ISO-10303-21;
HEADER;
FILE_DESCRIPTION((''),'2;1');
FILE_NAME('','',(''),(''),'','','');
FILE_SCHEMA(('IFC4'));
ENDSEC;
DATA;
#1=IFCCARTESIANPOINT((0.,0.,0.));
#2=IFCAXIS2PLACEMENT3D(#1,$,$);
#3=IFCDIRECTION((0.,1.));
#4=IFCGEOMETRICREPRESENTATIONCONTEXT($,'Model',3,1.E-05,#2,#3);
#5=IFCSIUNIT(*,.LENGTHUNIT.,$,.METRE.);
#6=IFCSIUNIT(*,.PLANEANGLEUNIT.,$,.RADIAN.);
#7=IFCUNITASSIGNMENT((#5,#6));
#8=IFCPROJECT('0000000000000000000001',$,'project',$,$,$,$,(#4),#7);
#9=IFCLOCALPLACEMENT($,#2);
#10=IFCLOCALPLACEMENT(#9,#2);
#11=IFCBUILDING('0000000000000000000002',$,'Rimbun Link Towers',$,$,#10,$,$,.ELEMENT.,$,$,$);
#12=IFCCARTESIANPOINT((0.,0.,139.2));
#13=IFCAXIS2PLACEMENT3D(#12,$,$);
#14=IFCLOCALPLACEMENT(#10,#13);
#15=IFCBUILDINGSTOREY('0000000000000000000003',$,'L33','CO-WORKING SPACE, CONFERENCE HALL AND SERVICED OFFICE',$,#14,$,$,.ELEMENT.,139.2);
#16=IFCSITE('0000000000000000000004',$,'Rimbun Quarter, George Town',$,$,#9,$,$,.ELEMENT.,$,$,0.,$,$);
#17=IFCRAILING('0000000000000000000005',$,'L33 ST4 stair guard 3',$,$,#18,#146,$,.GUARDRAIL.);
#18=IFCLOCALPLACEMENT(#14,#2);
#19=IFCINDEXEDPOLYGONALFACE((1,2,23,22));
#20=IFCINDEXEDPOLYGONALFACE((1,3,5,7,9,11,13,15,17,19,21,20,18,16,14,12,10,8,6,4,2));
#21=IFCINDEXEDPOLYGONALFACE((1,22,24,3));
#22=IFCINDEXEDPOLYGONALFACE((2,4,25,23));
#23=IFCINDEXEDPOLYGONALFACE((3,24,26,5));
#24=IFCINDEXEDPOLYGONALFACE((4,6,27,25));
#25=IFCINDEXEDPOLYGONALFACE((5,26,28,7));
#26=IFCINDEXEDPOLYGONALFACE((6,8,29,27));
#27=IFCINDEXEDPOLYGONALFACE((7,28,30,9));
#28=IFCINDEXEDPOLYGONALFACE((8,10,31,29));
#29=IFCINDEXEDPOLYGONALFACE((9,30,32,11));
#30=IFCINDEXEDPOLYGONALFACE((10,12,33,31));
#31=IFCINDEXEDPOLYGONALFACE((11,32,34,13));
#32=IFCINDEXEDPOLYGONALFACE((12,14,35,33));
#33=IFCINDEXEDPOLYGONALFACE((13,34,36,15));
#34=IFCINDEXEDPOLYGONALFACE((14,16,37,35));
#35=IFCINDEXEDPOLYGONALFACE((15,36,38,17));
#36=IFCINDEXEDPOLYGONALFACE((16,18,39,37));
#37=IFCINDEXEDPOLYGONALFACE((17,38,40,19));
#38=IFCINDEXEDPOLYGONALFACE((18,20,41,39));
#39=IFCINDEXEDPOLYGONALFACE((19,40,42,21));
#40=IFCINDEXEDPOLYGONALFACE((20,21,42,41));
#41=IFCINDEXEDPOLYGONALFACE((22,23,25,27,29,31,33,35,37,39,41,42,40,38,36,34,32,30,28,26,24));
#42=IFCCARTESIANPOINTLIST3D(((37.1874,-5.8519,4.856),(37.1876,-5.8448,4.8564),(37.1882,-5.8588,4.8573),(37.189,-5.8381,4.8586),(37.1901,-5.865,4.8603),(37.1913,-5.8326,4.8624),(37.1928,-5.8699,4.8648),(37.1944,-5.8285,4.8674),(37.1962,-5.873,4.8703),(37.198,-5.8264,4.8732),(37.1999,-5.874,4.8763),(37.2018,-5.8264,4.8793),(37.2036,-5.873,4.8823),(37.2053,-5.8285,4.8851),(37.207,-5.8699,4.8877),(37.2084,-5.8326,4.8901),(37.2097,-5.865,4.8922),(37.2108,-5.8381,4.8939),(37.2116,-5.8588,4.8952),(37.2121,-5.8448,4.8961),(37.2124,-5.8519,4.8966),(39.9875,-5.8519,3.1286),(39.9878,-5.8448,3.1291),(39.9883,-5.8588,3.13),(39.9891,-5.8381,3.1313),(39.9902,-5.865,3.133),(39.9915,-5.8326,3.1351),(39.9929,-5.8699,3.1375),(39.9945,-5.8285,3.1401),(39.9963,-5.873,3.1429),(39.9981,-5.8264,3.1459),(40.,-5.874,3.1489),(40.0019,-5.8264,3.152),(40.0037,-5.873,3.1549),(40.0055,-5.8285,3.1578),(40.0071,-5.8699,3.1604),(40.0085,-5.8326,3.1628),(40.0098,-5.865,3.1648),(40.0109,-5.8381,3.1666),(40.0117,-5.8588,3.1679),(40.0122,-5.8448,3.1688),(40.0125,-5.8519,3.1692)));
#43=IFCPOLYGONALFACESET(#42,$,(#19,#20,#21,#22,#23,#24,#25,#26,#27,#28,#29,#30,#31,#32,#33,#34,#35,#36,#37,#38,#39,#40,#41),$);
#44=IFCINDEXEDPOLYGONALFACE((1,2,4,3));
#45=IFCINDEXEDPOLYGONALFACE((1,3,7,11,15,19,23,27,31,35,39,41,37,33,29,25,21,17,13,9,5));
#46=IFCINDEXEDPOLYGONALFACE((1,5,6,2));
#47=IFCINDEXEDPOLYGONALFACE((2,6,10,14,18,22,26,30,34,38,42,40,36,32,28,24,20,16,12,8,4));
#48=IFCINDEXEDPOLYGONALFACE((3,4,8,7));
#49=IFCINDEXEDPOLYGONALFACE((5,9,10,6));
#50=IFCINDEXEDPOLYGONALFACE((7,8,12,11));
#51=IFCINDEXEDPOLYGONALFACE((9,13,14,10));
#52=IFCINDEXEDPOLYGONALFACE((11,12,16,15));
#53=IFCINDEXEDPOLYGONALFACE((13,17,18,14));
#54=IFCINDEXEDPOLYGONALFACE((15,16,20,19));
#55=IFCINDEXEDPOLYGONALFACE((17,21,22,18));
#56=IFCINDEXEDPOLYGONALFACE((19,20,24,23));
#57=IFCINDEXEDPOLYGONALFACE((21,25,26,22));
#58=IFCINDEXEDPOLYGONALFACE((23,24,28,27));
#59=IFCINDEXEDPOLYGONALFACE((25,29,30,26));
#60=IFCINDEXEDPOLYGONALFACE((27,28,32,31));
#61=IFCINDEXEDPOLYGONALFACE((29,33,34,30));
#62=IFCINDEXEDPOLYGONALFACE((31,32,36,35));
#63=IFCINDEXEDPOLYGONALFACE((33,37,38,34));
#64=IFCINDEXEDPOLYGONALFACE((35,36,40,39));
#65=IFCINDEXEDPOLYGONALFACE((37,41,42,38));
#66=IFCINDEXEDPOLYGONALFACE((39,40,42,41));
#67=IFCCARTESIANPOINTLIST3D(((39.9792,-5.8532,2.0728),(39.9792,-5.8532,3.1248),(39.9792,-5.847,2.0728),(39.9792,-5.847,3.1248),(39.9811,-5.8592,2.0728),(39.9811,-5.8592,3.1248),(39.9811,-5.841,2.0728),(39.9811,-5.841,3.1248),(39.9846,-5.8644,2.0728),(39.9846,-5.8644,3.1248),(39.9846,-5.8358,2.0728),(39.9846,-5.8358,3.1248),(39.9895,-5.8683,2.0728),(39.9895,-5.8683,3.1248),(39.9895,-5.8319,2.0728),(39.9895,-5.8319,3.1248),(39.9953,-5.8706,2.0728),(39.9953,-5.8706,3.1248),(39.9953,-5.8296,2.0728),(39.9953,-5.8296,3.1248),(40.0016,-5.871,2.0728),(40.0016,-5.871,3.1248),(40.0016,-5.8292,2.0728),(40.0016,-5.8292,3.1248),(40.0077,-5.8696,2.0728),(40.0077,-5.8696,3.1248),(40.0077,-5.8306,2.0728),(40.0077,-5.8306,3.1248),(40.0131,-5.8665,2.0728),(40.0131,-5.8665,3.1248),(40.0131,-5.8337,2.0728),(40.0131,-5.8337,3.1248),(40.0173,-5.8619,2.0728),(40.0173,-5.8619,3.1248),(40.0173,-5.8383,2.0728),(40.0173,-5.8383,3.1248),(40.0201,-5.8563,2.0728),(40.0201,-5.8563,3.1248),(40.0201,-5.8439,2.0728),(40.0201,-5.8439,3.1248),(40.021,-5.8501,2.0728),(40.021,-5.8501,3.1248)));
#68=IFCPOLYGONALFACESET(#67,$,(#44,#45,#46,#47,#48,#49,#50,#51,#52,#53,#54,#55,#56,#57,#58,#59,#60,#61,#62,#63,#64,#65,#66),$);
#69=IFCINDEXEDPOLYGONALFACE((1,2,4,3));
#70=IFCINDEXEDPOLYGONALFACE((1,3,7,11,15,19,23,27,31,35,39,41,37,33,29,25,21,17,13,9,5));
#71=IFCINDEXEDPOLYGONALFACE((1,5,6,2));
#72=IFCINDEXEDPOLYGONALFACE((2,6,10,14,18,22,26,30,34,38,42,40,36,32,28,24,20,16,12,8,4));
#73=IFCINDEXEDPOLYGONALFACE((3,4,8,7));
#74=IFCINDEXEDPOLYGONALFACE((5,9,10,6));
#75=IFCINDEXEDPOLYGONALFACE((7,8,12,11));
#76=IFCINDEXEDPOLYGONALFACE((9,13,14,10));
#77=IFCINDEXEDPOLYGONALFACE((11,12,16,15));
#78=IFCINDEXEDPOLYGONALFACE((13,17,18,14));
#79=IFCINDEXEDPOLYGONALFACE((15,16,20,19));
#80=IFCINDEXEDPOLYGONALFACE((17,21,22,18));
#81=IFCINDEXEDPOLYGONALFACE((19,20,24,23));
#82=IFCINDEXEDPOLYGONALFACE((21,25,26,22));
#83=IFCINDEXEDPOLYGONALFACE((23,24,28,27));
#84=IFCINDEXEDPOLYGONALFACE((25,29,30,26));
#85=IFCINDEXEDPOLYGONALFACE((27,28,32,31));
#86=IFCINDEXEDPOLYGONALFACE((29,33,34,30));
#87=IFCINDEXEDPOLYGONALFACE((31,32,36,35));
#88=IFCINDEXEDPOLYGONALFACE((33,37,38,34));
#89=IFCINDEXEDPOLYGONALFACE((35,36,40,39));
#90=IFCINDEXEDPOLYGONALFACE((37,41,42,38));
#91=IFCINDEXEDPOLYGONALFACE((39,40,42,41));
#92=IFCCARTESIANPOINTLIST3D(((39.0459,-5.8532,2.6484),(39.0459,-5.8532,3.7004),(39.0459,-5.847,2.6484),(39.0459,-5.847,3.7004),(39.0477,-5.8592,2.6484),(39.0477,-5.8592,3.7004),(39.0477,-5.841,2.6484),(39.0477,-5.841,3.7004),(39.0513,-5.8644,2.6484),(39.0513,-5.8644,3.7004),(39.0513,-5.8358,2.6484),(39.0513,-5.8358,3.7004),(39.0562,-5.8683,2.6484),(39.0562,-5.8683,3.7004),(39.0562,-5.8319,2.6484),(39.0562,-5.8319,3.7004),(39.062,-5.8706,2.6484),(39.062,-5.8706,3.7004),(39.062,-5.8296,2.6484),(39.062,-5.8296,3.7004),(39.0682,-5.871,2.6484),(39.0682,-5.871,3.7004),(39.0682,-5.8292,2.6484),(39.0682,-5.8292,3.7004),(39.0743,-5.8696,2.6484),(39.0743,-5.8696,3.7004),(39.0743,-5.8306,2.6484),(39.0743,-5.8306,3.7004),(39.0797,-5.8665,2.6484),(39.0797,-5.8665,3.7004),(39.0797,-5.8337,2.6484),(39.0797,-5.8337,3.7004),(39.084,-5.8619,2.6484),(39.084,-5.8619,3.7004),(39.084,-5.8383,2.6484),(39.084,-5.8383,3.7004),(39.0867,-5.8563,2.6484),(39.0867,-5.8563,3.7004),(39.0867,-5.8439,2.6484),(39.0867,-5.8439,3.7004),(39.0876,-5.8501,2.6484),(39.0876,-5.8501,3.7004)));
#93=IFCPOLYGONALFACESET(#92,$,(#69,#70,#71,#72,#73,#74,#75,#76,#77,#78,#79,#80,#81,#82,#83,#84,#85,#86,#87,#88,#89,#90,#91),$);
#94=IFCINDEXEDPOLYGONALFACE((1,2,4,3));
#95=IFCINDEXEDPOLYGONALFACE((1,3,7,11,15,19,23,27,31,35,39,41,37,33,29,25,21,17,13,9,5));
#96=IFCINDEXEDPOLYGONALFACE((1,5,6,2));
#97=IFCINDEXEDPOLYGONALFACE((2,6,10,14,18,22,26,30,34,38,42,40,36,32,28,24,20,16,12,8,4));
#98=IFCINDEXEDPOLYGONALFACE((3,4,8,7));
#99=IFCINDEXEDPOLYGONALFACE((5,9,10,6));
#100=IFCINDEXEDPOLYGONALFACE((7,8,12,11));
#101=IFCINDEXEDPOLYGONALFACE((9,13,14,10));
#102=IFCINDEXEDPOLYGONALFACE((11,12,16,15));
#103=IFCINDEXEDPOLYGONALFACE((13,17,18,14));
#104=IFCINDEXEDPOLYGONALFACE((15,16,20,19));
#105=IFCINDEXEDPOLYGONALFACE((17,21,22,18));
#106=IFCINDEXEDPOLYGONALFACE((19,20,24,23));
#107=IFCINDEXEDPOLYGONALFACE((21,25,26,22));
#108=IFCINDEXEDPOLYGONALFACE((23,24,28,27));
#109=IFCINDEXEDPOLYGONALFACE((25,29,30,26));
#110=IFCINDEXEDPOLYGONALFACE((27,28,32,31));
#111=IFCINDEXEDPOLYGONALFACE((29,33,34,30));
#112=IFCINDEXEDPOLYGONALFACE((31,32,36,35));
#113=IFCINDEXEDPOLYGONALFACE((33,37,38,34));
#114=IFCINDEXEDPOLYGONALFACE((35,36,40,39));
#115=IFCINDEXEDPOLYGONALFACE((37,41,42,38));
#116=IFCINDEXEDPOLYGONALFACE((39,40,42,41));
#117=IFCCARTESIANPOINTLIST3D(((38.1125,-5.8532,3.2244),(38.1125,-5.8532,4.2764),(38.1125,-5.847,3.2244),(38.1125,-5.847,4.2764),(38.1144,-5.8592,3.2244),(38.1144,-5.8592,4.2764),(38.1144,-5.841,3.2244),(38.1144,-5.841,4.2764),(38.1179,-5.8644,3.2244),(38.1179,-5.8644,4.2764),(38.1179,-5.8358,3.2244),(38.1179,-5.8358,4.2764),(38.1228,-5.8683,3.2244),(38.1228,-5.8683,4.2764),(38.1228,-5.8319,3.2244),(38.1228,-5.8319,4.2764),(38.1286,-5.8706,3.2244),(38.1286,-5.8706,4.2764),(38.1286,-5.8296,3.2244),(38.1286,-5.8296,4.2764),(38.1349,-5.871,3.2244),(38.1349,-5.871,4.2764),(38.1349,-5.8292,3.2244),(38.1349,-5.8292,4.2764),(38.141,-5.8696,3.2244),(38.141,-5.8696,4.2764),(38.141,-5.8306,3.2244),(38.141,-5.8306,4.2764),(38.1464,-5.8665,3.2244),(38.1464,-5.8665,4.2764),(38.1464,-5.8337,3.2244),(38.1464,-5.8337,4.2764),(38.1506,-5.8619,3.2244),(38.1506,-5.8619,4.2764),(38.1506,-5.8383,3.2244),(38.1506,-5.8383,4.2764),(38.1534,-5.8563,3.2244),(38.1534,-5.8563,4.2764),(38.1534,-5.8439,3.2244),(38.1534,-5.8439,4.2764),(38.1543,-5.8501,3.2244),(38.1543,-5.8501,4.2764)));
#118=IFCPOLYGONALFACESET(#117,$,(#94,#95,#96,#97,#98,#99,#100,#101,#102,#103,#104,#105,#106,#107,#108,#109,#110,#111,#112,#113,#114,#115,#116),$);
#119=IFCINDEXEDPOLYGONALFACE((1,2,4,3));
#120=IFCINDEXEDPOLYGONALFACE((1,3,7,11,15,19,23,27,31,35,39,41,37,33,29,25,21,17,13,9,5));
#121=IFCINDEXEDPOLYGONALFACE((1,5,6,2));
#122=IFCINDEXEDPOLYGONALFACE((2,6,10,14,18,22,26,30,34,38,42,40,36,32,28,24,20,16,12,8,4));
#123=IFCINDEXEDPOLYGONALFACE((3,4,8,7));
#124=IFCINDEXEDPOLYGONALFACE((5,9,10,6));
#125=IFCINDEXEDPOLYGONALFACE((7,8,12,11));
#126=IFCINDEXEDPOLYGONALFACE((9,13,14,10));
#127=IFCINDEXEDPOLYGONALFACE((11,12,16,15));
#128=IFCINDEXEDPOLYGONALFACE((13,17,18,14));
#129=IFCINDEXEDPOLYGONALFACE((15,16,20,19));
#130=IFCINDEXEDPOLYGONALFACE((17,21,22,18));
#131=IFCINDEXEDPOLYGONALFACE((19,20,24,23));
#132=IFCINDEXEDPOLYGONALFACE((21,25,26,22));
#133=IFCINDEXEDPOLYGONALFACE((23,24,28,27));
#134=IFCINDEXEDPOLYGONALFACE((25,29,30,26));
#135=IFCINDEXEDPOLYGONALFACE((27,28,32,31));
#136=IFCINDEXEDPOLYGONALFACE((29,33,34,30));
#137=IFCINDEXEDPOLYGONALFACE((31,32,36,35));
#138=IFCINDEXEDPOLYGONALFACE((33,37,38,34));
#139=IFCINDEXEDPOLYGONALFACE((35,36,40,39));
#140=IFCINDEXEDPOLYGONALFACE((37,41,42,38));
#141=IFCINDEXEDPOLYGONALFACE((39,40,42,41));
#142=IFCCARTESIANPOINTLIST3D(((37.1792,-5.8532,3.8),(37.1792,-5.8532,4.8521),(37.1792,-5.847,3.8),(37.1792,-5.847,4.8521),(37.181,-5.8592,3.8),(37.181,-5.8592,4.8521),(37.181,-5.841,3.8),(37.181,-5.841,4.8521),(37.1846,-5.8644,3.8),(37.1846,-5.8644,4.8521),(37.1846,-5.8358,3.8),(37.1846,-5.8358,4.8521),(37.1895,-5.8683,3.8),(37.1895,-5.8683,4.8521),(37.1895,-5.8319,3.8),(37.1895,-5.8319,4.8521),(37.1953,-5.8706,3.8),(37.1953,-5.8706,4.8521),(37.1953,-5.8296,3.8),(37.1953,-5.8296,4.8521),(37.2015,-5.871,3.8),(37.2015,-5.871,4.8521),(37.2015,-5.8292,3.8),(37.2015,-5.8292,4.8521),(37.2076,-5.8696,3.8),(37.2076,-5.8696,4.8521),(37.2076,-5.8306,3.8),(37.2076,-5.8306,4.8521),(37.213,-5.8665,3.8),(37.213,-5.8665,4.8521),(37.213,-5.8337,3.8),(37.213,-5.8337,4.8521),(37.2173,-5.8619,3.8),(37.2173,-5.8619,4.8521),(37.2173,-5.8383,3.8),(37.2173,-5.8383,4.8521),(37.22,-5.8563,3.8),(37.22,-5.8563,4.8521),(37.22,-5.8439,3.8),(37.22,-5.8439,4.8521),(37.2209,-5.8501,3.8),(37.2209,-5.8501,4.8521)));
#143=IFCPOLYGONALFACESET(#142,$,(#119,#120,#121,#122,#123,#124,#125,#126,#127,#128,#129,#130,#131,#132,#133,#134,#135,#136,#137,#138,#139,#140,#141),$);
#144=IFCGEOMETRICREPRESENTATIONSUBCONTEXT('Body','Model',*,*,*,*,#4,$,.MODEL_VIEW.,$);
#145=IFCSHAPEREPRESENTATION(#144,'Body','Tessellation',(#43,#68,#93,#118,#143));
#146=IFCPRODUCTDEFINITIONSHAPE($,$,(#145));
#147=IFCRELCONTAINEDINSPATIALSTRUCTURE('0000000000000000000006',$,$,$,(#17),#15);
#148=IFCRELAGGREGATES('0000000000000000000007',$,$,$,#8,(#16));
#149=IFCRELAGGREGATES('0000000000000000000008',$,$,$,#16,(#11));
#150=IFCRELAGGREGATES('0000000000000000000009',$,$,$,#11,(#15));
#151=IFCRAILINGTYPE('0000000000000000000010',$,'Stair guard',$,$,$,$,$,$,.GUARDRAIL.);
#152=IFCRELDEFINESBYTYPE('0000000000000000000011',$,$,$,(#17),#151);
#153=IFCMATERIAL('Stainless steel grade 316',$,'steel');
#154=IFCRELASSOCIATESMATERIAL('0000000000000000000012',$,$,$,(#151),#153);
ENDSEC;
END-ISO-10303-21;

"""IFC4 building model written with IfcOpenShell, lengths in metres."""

from ifc_helpers import new_model, si_unit, direction, frame, origin, origin_2d, place, context, subcontext, project, spatial, circle, extrude, material, type_object, element, save


model = new_model("IFC4")

# Units and contexts
model_context = context("Model", 3, precision=1e-05, world=origin(), true_north=direction((0.0, 1.0)))
body_context = subcontext(model_context, "Body", "Model", "MODEL_VIEW")
ifc_project = project(units=[si_unit("LENGTHUNIT", "METRE"), si_unit("PLANEANGLEUNIT", "RADIAN")], contexts=[model_context])

# Site, building, storey
site_placement = place(None, origin())
site = spatial("IfcSite", under=ifc_project, at=site_placement, Name="Rimbun Quarter, George Town", CompositionType="ELEMENT", RefElevation=0.0)
building_placement = place(site_placement, origin())
building = spatial("IfcBuilding", under=site, at=building_placement, Name="Rimbun Link Towers", CompositionType="ELEMENT")
storey_placement = place(building_placement, frame((0.0, 0.0, 139.2)))
storey = spatial("IfcBuildingStorey", under=building, at=storey_placement, Name="L33", Description="CO-WORKING SPACE, CONFERENCE HALL AND SERVICED OFFICE", CompositionType="ELEMENT", Elevation=139.2)

# Railing
ifc_material_1 = material(Name="Stainless steel grade 316", Category="steel")
railing_type_1 = type_object("IfcRailingType", Name="Stair guard", PredefinedType="GUARDRAIL", material=ifc_material_1)
railing_1_placement = place(storey_placement, frame((40.0, -5.8501, 2.0728)))
element("IfcRailing", 1, at=railing_1_placement, inside=storey, type_object=railing_type_1, Name="L33 ST4 stair guard 3", PredefinedType="GUARDRAIL", context=body_context, shape_type="SweptSolid", body=[
    extrude(circle(Radius=0.0239, at=origin_2d()), frame((0.0, 0.0, 1.0762), z_axis=(-0.85109, 0.0, 0.52502), x_axis=(0.0, -1.0, 0.0)), (0.0, 0.0, 1.0), 3.29),
    extrude(circle(Radius=0.021, at=origin_2d()), origin(), (0.0, 0.0, 1.0), 1.052),
    extrude(circle(Radius=0.021, at=origin_2d()), frame((-0.9333, 0.0, 0.5757)), (0.0, 0.0, 1.0), 1.052),
    extrude(circle(Radius=0.021, at=origin_2d()), frame((-1.8667, 0.0, 1.1516)), (0.0, 0.0, 1.0), 1.052),
    extrude(circle(Radius=0.021, at=origin_2d()), frame((-2.8, 0.0, 1.7273)), (0.0, 0.0, 1.0), 1.052),
])

save(model, "model.ifc")
